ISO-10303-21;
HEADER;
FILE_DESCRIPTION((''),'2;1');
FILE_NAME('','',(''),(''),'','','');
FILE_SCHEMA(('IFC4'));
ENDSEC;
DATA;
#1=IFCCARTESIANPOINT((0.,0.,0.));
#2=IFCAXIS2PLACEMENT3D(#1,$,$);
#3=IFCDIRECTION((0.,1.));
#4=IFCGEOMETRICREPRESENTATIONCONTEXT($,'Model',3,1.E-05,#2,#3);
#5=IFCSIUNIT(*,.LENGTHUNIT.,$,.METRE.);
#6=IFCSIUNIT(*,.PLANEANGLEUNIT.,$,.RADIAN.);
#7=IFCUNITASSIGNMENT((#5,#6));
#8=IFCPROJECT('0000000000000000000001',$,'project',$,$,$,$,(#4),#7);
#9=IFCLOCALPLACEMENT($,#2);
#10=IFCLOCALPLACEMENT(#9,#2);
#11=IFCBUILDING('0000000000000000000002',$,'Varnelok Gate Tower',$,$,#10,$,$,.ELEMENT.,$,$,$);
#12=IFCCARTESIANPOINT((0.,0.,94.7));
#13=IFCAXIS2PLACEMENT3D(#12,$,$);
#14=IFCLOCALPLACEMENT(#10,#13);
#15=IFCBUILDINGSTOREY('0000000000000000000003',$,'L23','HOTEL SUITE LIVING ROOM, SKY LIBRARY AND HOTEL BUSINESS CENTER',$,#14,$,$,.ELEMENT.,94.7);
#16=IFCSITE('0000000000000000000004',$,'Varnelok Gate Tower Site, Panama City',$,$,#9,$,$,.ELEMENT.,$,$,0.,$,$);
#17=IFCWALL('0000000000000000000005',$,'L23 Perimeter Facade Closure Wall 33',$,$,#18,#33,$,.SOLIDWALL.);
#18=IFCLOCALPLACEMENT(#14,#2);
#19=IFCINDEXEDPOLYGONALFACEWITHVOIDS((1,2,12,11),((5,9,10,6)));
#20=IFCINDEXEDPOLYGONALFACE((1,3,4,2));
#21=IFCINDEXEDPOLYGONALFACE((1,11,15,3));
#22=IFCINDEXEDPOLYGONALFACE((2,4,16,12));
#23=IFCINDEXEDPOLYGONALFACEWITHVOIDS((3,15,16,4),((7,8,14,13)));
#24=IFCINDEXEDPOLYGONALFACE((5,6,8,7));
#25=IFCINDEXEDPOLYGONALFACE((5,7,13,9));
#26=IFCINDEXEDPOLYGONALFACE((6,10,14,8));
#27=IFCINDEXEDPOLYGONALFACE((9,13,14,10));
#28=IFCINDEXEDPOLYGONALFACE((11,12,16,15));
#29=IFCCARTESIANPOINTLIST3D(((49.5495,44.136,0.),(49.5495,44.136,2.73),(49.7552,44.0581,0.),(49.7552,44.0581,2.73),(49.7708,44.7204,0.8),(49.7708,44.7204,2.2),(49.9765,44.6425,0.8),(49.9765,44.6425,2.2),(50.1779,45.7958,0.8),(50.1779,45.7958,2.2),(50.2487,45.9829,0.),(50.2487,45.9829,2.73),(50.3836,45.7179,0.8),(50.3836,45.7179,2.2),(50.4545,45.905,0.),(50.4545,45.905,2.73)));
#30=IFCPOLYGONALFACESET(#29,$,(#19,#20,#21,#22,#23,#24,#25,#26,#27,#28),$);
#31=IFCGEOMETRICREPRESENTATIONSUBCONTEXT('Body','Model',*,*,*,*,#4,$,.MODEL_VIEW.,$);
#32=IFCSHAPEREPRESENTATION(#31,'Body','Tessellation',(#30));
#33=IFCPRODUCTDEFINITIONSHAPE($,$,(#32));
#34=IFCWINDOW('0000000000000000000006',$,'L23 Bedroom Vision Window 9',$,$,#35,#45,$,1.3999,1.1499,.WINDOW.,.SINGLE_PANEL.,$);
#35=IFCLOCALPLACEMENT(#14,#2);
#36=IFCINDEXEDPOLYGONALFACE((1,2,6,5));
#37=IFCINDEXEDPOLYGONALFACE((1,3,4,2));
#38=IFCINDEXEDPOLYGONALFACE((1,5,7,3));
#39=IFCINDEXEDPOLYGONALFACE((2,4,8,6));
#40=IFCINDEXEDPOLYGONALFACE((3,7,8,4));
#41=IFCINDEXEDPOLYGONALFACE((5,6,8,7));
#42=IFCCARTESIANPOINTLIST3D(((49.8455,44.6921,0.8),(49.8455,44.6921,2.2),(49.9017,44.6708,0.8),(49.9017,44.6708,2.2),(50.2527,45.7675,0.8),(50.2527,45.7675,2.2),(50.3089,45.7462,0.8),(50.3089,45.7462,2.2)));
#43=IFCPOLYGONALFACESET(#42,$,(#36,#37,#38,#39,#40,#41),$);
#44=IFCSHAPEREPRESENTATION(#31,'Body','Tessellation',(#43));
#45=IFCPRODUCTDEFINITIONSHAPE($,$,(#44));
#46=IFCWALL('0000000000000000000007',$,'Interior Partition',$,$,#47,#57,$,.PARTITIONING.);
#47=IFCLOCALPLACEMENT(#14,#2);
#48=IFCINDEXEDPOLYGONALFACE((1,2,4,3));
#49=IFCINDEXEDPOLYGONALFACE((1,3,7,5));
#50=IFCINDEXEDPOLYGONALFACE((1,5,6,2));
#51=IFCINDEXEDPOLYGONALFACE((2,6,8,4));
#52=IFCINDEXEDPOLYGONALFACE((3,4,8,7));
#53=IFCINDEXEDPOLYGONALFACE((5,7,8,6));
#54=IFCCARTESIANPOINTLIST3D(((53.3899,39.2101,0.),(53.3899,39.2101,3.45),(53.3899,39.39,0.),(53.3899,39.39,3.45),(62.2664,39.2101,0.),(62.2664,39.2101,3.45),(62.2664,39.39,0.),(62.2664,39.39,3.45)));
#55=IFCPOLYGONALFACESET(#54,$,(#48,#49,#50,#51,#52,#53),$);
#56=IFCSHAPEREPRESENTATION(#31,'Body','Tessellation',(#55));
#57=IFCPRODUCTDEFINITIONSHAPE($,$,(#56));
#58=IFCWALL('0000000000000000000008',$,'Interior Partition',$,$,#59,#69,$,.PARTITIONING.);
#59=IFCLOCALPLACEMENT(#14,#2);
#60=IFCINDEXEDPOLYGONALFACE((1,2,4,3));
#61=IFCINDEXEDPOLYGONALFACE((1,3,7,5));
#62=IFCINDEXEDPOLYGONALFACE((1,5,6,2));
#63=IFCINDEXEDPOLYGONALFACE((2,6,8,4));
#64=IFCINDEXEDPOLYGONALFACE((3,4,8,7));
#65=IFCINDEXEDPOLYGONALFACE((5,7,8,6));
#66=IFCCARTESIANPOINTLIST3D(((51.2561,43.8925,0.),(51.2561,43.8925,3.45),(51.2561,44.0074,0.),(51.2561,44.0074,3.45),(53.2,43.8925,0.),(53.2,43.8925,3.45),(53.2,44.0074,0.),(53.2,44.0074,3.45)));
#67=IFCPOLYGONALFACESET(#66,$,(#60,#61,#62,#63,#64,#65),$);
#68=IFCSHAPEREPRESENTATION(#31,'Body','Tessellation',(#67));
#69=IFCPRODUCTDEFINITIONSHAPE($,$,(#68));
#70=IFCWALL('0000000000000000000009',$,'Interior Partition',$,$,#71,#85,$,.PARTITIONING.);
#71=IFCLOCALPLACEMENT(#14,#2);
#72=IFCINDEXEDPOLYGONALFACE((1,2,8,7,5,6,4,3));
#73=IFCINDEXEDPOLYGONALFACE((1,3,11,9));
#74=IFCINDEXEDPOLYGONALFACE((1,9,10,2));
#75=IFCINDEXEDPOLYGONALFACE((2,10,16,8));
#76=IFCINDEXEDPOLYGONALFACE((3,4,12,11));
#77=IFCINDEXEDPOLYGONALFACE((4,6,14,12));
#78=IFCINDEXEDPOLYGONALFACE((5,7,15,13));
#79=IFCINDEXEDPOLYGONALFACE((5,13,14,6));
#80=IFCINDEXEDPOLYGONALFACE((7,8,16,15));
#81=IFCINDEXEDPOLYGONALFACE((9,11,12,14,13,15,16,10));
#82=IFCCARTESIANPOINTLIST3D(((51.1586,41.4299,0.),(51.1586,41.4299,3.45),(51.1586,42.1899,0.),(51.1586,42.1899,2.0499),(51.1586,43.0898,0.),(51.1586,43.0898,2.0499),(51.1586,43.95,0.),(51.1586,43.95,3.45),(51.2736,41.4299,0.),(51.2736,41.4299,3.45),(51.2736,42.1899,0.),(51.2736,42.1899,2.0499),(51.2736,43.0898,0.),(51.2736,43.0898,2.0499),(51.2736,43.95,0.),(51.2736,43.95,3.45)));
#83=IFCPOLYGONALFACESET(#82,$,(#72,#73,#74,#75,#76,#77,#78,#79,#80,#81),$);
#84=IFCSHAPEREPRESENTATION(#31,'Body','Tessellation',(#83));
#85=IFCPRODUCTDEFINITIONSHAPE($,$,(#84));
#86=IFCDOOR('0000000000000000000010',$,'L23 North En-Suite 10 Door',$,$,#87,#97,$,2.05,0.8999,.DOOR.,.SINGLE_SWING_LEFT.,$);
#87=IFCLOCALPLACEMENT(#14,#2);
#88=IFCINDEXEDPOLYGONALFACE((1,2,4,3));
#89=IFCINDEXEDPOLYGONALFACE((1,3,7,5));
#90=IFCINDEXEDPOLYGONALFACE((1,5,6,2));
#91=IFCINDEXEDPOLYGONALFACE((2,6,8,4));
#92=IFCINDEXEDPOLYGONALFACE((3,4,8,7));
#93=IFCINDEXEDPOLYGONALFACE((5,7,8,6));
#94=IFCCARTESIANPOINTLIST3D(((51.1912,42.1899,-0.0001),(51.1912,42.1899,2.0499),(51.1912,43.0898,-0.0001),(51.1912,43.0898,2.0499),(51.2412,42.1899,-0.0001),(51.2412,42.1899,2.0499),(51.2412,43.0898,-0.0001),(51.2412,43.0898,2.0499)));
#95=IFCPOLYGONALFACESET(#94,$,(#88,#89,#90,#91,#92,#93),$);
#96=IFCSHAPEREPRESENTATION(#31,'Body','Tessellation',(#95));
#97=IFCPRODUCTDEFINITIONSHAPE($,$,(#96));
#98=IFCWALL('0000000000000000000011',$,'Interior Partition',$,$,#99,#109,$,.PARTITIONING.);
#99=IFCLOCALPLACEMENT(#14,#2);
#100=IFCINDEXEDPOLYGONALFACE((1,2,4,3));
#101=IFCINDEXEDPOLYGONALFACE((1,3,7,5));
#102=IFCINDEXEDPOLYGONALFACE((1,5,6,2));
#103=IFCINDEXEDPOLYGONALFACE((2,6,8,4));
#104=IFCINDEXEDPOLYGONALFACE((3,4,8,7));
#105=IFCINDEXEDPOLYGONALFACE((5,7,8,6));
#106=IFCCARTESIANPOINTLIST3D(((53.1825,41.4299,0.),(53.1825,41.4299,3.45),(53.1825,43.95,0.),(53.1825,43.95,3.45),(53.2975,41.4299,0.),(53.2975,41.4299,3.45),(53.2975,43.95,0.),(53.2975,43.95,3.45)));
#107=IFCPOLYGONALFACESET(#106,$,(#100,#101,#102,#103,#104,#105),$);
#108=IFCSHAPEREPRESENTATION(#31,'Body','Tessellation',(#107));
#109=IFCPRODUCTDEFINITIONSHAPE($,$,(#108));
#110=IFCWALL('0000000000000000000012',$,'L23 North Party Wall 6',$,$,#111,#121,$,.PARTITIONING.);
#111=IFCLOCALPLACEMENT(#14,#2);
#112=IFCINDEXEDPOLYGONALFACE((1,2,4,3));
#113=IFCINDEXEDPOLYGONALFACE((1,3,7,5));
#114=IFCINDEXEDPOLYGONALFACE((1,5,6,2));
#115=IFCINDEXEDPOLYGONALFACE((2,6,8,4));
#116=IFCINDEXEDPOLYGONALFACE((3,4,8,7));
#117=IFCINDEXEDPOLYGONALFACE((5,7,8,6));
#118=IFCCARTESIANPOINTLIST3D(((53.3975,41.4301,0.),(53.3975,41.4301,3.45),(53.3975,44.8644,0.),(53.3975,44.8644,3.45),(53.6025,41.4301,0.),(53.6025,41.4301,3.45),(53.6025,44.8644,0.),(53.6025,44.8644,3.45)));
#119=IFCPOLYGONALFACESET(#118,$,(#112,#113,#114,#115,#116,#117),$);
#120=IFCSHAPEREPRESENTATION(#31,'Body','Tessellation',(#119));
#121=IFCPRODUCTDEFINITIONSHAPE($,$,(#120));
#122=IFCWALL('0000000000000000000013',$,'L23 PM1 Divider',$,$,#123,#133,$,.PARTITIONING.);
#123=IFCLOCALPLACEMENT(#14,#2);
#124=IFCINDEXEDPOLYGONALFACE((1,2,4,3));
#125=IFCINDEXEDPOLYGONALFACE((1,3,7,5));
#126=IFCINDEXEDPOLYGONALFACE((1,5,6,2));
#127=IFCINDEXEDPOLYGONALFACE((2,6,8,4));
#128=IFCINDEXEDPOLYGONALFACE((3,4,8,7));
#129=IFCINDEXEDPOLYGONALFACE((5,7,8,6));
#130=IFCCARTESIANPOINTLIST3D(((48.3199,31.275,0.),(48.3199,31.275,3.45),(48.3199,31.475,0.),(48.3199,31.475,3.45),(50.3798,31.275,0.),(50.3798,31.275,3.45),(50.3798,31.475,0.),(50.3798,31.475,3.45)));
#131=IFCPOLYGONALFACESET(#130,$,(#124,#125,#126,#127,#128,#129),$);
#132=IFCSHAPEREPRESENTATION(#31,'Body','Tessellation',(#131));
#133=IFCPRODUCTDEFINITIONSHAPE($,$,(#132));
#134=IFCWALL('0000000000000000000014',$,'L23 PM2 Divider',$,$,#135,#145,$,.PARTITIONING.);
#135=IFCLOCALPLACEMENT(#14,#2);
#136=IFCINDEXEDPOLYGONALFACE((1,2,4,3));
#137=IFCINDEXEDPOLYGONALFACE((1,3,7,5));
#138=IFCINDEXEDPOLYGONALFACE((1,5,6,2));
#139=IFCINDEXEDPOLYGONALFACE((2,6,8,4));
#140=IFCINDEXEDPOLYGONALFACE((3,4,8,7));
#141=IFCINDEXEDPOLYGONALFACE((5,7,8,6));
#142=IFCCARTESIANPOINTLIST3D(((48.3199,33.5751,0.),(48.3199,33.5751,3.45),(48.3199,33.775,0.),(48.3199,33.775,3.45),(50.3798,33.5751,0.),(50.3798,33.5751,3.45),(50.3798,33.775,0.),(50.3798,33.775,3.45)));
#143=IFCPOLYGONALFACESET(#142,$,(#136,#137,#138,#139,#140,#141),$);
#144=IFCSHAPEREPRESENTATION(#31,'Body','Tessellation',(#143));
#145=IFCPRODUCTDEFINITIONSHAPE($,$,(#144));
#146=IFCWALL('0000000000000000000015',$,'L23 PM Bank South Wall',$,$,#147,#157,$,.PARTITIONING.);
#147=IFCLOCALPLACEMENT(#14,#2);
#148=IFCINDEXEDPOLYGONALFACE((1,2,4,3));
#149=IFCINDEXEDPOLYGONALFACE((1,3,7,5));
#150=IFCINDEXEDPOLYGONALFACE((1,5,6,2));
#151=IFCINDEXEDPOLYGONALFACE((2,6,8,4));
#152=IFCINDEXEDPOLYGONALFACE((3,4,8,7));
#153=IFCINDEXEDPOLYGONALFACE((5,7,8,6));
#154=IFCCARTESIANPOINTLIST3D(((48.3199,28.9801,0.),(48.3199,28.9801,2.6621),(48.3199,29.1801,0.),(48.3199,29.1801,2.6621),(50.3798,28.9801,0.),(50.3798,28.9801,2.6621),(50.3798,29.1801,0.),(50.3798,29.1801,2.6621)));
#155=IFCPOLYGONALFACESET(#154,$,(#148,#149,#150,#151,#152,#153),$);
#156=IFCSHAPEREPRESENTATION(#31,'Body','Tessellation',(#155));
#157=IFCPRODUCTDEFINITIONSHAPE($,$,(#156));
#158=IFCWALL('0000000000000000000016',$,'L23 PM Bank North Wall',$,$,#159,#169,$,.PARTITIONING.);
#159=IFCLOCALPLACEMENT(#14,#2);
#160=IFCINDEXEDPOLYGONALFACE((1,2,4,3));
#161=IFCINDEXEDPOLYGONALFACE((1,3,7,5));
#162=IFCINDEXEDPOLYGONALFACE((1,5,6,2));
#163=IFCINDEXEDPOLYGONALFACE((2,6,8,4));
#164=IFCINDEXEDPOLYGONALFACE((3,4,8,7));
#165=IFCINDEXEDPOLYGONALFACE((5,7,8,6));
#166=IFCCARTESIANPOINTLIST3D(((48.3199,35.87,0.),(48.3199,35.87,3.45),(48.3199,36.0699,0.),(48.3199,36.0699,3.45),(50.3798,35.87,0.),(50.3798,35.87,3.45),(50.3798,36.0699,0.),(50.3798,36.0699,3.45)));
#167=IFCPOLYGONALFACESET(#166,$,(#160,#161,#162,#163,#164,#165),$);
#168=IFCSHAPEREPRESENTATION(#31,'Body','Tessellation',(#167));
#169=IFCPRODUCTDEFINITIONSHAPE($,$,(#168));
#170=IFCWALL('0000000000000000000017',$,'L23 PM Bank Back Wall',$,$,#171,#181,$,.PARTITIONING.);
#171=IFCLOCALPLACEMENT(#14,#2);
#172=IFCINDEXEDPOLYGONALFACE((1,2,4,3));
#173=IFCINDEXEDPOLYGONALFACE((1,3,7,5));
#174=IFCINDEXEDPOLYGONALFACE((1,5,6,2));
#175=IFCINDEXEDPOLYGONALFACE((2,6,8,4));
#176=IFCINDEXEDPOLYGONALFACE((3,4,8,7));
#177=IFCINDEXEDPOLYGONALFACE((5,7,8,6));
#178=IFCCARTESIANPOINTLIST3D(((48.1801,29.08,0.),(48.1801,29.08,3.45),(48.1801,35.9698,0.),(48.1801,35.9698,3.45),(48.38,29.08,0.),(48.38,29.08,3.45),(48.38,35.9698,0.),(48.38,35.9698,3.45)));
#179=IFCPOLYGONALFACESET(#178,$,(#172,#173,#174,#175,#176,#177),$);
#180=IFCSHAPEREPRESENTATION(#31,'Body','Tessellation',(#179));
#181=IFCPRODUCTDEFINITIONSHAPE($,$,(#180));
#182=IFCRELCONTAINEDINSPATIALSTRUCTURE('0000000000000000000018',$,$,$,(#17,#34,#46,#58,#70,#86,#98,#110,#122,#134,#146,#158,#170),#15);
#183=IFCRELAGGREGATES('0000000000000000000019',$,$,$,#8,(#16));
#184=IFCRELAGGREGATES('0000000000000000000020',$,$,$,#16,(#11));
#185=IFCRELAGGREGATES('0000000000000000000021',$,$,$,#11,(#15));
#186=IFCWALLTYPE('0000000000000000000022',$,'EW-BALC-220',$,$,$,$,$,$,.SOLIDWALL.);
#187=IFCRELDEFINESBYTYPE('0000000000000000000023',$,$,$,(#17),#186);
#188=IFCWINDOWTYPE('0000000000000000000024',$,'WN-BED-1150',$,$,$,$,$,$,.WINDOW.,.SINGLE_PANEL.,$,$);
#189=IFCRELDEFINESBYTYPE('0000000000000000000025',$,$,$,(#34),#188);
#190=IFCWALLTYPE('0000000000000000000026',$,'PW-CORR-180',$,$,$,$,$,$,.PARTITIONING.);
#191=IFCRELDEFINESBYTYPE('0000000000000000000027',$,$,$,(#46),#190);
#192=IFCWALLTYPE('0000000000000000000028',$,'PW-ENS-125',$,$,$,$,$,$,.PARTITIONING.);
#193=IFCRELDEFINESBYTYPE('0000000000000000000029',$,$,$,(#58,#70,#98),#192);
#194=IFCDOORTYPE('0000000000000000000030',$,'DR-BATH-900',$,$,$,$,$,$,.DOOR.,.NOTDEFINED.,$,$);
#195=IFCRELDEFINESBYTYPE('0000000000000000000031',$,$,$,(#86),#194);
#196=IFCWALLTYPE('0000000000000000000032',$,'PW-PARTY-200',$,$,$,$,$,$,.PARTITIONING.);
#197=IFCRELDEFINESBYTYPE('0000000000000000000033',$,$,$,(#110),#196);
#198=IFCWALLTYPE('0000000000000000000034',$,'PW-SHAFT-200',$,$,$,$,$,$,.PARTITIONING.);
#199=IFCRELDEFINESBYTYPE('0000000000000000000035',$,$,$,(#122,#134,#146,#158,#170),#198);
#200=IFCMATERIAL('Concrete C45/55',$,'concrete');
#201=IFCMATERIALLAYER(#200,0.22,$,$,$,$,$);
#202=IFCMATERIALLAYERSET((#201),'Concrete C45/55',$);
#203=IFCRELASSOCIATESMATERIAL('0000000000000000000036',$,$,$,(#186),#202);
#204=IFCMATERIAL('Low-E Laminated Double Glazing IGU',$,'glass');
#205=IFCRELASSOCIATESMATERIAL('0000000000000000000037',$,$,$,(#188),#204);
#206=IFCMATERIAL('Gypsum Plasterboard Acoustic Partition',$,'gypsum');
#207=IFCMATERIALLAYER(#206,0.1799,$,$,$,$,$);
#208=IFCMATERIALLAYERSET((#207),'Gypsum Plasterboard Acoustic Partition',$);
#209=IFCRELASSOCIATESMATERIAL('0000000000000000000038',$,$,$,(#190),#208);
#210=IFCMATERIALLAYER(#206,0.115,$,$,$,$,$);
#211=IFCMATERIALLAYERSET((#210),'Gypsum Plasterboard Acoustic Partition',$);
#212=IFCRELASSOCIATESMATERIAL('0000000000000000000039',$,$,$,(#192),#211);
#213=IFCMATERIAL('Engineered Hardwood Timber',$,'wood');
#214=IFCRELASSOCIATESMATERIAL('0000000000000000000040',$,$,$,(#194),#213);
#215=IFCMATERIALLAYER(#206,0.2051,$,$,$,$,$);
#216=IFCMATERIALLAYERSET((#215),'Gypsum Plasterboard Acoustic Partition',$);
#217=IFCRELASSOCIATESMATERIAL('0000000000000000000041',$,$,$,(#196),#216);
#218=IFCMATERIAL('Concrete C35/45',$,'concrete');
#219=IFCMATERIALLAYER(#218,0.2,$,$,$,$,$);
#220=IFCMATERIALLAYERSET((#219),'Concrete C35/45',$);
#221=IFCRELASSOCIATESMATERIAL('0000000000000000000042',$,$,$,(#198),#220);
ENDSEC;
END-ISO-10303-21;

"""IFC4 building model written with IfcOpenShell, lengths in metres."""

from ifc_helpers import new_model, si_unit, direction, frame, frame_2d, origin, place, context, subcontext, project, spatial, rectangle, extrude, material, layer, layer_set, type_object, element, fill, save


model = new_model("IFC4")

# Units and contexts
model_context = context("Model", 3, precision=1e-05, world=origin(), true_north=direction((0.0, 1.0)))
body_context = subcontext(model_context, "Body", "Model", "MODEL_VIEW")
ifc_project = project(units=[si_unit("LENGTHUNIT", "METRE"), si_unit("PLANEANGLEUNIT", "RADIAN")], contexts=[model_context])

# Site, building, storey
site_placement = place(None, origin())
site = spatial("IfcSite", under=ifc_project, at=site_placement, Name="Varnelok Gate Tower Site, Panama City", CompositionType="ELEMENT", RefElevation=0.0)
building_placement = place(site_placement, origin())
building = spatial("IfcBuilding", under=site, at=building_placement, Name="Varnelok Gate Tower", CompositionType="ELEMENT")
storey_placement = place(building_placement, frame((0.0, 0.0, 94.7)))
storey = spatial("IfcBuildingStorey", under=building, at=storey_placement, Name="L23", Description="HOTEL SUITE LIVING ROOM, SKY LIBRARY AND HOTEL BUSINESS CENTER", CompositionType="ELEMENT", Elevation=94.7)

# Wall, opening, window
ifc_material_1 = material(Name="Concrete C45/55", Category="concrete")
ifc_layer_1 = layer(ifc_material_1, 0.22)
ifc_layer_set_1 = layer_set([ifc_layer_1], Name="Concrete C45/55")
wall_type_1 = type_object("IfcWallType", Name="EW-BALC-220", PredefinedType="SOLIDWALL", material=ifc_layer_set_1)
wall_1_placement = place(storey_placement, frame((50.3516, 45.9438, 0.0), z_axis=(0.0, 0.0, 1.0), x_axis=(-0.354062, -0.935222, 0.0)))
wall_1 = element("IfcWall", 1, at=wall_1_placement, inside=storey, type_object=wall_type_1, Name="L23 Perimeter Facade Closure Wall 33", PredefinedType="SOLIDWALL", context=body_context, shape_type="SweptSolid", body=[
    extrude(rectangle(XDim=1.9749, YDim=0.22, at=frame_2d((0.9873, 0.0))), origin(), (0.0, 0.0, 1.0), 2.73),
])
opening_1_placement = place(wall_1_placement, frame((0.2, 0.0, 0.8)))
opening_1 = element("IfcOpeningElement", 2, at=opening_1_placement, cuts=wall_1, PredefinedType="OPENING", context=body_context, shape_type="SweptSolid", body=[
    extrude(rectangle(XDim=1.1499, YDim=1.3999, at=frame_2d((0.575, 0.7))), frame((0.0, 0.1199, 0.0), z_axis=(0.0, -1.0, 0.0), x_axis=(1.0, 0.0, 0.0)), (0.0, 0.0, 1.0), 0.24),
])
ifc_material_2 = material(Name="Low-E Laminated Double Glazing IGU", Category="glass")
window_type = type_object("IfcWindowType", Name="WN-BED-1150", PartitioningType="SINGLE_PANEL", PredefinedType="WINDOW", material=ifc_material_2)
window_placement = place(opening_1_placement, origin())
window = element("IfcWindow", 3, at=window_placement, inside=storey, type_object=window_type, Name="L23 Bedroom Vision Window 9", OverallHeight=1.3999, OverallWidth=1.1499, PartitioningType="SINGLE_PANEL", PredefinedType="WINDOW", context=body_context, shape_type="SweptSolid", body=[
    extrude(rectangle(XDim=1.1499, YDim=1.3999, at=frame_2d((0.575, 0.7))), frame((0.0, 0.03, 0.0), z_axis=(0.0, -1.0, 0.0), x_axis=(1.0, 0.0, 0.0)), (0.0, 0.0, 1.0), 0.0601),
])
fill(opening_1, window)

# Walls
ifc_material_3 = material(Name="Gypsum Plasterboard Acoustic Partition", Category="gypsum")
ifc_layer_2 = layer(ifc_material_3, 0.1799)
ifc_layer_set_2 = layer_set([ifc_layer_2], Name="Gypsum Plasterboard Acoustic Partition")
wall_type_2 = type_object("IfcWallType", Name="PW-CORR-180", PredefinedType="PARTITIONING", material=ifc_layer_set_2)
wall_2_placement = place(storey_placement, frame((53.3899, 39.3, 0.0), z_axis=(0.0, 0.0, 1.0), x_axis=(1.0, 0.0, 0.0)))
element("IfcWall", 4, at=wall_2_placement, inside=storey, type_object=wall_type_2, Name="Interior Partition", PredefinedType="PARTITIONING", context=body_context, shape_type="SweptSolid", body=[
    extrude(rectangle(XDim=8.8765, YDim=0.1799, at=frame_2d((4.4382, 0.0))), origin(), (0.0, 0.0, 1.0), 3.45),
])
ifc_layer_3 = layer(ifc_material_3, 0.115)
ifc_layer_set_3 = layer_set([ifc_layer_3], Name="Gypsum Plasterboard Acoustic Partition")
wall_type_3 = type_object("IfcWallType", Name="PW-ENS-125", PredefinedType="PARTITIONING", material=ifc_layer_set_3)
wall_3_placement = place(storey_placement, frame((51.2561, 43.95, 0.0), z_axis=(0.0, 0.0, 1.0), x_axis=(1.0, 0.0, 0.0)))
element("IfcWall", 5, at=wall_3_placement, inside=storey, type_object=wall_type_3, Name="Interior Partition", PredefinedType="PARTITIONING", context=body_context, shape_type="SweptSolid", body=[
    extrude(rectangle(XDim=1.9438, YDim=0.115, at=frame_2d((0.9719, 0.0))), origin(), (0.0, 0.0, 1.0), 3.45),
])

# Wall, opening, door
wall_4_placement = place(storey_placement, frame((51.2161, 41.4299, 0.0), z_axis=(0.0, 0.0, 1.0), x_axis=(0.0, 1.0, 0.0)))
wall_4 = element("IfcWall", 6, at=wall_4_placement, inside=storey, type_object=wall_type_3, Name="Interior Partition", PredefinedType="PARTITIONING", context=body_context, shape_type="SweptSolid", body=[
    extrude(rectangle(XDim=2.52, YDim=0.115, at=frame_2d((1.26, 0.0))), origin(), (0.0, 0.0, 1.0), 3.45),
])
opening_2_placement = place(wall_4_placement, frame((0.76, 0.0, 0.0)))
opening_2 = element("IfcOpeningElement", 7, at=opening_2_placement, cuts=wall_4, PredefinedType="OPENING", context=body_context, shape_type="SweptSolid", body=[
    extrude(rectangle(XDim=0.8999, YDim=2.05, at=frame_2d((0.45, 1.0249))), frame((0.0, 0.0674, 0.0), z_axis=(0.0, -1.0, 0.0), x_axis=(1.0, 0.0, 0.0)), (0.0, 0.0, 1.0), 0.135),
])
ifc_material_4 = material(Name="Engineered Hardwood Timber", Category="wood")
door_type = type_object("IfcDoorType", Name="DR-BATH-900", OperationType="NOTDEFINED", PredefinedType="DOOR", material=ifc_material_4)
door_placement = place(opening_2_placement, origin())
door = element("IfcDoor", 8, at=door_placement, inside=storey, type_object=door_type, Name="L23 North En-Suite 10 Door", OperationType="SINGLE_SWING_LEFT", OverallHeight=2.05, OverallWidth=0.8999, PredefinedType="DOOR", context=body_context, shape_type="SweptSolid", body=[
    extrude(rectangle(XDim=0.8999, YDim=2.05, at=frame_2d((0.45, 1.0249))), frame((0.0, 0.0249, 0.0), z_axis=(0.0, -1.0, 0.0), x_axis=(1.0, 0.0, 0.0)), (0.0, 0.0, 1.0), 0.05),
])
fill(opening_2, door)

# Walls
wall_5_placement = place(storey_placement, frame((53.24, 41.4299, 0.0), z_axis=(0.0, 0.0, 1.0), x_axis=(0.0, 1.0, 0.0)))
element("IfcWall", 9, at=wall_5_placement, inside=storey, type_object=wall_type_3, Name="Interior Partition", PredefinedType="PARTITIONING", context=body_context, shape_type="SweptSolid", body=[
    extrude(rectangle(XDim=2.52, YDim=0.115, at=frame_2d((1.26, 0.0))), origin(), (0.0, 0.0, 1.0), 3.45),
])
ifc_layer_4 = layer(ifc_material_3, 0.2051)
ifc_layer_set_4 = layer_set([ifc_layer_4], Name="Gypsum Plasterboard Acoustic Partition")
wall_type_4 = type_object("IfcWallType", Name="PW-PARTY-200", PredefinedType="PARTITIONING", material=ifc_layer_set_4)
wall_6_placement = place(storey_placement, frame((53.5, 41.4299, 0.0), z_axis=(0.0, 0.0, 1.0), x_axis=(0.0, 1.0, 0.0)))
element("IfcWall", 10, at=wall_6_placement, inside=storey, type_object=wall_type_4, Name="L23 North Party Wall 6", PredefinedType="PARTITIONING", context=body_context, shape_type="SweptSolid", body=[
    extrude(rectangle(XDim=3.4343, YDim=0.2051, at=frame_2d((1.7173, 0.0))), origin(), (0.0, 0.0, 1.0), 3.45),
])
ifc_material_5 = material(Name="Concrete C35/45", Category="concrete")
ifc_layer_5 = layer(ifc_material_5, 0.2)
ifc_layer_set_5 = layer_set([ifc_layer_5], Name="Concrete C35/45")
wall_type_5 = type_object("IfcWallType", Name="PW-SHAFT-200", PredefinedType="PARTITIONING", material=ifc_layer_set_5)
for number, where, z_axis, x_axis, name in (
    (11, (48.3201, 31.375, 0.0), (0.0, 0.0, 1.0), (1.0, 0.0, 0.0), "L23 PM1 Divider"),
    (12, (48.3201, 33.675, 0.0), (0.0, 0.0, 1.0), (1.0, 0.0, 0.0), "L23 PM2 Divider"),
):
    element("IfcWall", number, at=place(storey_placement, frame(where, z_axis=z_axis, x_axis=x_axis)), inside=storey, type_object=wall_type_5, Name=name, PredefinedType="PARTITIONING", context=body_context, shape_type="SweptSolid", body=[
        extrude(rectangle(XDim=2.0598, YDim=0.2, at=frame_2d((1.0298, 0.0))), origin(), (0.0, 0.0, 1.0), 3.45),
    ])
wall_7_placement = place(storey_placement, frame((48.3201, 29.0801, 0.0), z_axis=(0.0, 0.0, 1.0), x_axis=(1.0, 0.0, 0.0)))
element("IfcWall", 13, at=wall_7_placement, inside=storey, type_object=wall_type_5, Name="L23 PM Bank South Wall", PredefinedType="PARTITIONING", context=body_context, shape_type="SweptSolid", body=[
    extrude(rectangle(XDim=2.0598, YDim=0.2, at=frame_2d((1.0298, 0.0))), origin(), (0.0, 0.0, 1.0), 2.6621),
])
wall_8_placement = place(storey_placement, frame((48.3201, 35.97, 0.0), z_axis=(0.0, 0.0, 1.0), x_axis=(1.0, 0.0, 0.0)))
element("IfcWall", 14, at=wall_8_placement, inside=storey, type_object=wall_type_5, Name="L23 PM Bank North Wall", PredefinedType="PARTITIONING", context=body_context, shape_type="SweptSolid", body=[
    extrude(rectangle(XDim=2.0598, YDim=0.2, at=frame_2d((1.0298, 0.0))), origin(), (0.0, 0.0, 1.0), 3.45),
])
for number, where, z_axis, x_axis, name in (
    (15, (48.28, 29.0801, 0.0), (0.0, 0.0, 1.0), (0.0, 1.0, 0.0), "L23 PM Bank Back Wall"),
):
    element("IfcWall", number, at=place(storey_placement, frame(where, z_axis=z_axis, x_axis=x_axis)), inside=storey, type_object=wall_type_5, Name=name, PredefinedType="PARTITIONING", context=body_context, shape_type="SweptSolid", body=[
        extrude(rectangle(XDim=6.8899, YDim=0.2, at=frame_2d((3.4448, 0.0))), origin(), (0.0, 0.0, 1.0), 3.45),
    ])

save(model, "model.ifc")
